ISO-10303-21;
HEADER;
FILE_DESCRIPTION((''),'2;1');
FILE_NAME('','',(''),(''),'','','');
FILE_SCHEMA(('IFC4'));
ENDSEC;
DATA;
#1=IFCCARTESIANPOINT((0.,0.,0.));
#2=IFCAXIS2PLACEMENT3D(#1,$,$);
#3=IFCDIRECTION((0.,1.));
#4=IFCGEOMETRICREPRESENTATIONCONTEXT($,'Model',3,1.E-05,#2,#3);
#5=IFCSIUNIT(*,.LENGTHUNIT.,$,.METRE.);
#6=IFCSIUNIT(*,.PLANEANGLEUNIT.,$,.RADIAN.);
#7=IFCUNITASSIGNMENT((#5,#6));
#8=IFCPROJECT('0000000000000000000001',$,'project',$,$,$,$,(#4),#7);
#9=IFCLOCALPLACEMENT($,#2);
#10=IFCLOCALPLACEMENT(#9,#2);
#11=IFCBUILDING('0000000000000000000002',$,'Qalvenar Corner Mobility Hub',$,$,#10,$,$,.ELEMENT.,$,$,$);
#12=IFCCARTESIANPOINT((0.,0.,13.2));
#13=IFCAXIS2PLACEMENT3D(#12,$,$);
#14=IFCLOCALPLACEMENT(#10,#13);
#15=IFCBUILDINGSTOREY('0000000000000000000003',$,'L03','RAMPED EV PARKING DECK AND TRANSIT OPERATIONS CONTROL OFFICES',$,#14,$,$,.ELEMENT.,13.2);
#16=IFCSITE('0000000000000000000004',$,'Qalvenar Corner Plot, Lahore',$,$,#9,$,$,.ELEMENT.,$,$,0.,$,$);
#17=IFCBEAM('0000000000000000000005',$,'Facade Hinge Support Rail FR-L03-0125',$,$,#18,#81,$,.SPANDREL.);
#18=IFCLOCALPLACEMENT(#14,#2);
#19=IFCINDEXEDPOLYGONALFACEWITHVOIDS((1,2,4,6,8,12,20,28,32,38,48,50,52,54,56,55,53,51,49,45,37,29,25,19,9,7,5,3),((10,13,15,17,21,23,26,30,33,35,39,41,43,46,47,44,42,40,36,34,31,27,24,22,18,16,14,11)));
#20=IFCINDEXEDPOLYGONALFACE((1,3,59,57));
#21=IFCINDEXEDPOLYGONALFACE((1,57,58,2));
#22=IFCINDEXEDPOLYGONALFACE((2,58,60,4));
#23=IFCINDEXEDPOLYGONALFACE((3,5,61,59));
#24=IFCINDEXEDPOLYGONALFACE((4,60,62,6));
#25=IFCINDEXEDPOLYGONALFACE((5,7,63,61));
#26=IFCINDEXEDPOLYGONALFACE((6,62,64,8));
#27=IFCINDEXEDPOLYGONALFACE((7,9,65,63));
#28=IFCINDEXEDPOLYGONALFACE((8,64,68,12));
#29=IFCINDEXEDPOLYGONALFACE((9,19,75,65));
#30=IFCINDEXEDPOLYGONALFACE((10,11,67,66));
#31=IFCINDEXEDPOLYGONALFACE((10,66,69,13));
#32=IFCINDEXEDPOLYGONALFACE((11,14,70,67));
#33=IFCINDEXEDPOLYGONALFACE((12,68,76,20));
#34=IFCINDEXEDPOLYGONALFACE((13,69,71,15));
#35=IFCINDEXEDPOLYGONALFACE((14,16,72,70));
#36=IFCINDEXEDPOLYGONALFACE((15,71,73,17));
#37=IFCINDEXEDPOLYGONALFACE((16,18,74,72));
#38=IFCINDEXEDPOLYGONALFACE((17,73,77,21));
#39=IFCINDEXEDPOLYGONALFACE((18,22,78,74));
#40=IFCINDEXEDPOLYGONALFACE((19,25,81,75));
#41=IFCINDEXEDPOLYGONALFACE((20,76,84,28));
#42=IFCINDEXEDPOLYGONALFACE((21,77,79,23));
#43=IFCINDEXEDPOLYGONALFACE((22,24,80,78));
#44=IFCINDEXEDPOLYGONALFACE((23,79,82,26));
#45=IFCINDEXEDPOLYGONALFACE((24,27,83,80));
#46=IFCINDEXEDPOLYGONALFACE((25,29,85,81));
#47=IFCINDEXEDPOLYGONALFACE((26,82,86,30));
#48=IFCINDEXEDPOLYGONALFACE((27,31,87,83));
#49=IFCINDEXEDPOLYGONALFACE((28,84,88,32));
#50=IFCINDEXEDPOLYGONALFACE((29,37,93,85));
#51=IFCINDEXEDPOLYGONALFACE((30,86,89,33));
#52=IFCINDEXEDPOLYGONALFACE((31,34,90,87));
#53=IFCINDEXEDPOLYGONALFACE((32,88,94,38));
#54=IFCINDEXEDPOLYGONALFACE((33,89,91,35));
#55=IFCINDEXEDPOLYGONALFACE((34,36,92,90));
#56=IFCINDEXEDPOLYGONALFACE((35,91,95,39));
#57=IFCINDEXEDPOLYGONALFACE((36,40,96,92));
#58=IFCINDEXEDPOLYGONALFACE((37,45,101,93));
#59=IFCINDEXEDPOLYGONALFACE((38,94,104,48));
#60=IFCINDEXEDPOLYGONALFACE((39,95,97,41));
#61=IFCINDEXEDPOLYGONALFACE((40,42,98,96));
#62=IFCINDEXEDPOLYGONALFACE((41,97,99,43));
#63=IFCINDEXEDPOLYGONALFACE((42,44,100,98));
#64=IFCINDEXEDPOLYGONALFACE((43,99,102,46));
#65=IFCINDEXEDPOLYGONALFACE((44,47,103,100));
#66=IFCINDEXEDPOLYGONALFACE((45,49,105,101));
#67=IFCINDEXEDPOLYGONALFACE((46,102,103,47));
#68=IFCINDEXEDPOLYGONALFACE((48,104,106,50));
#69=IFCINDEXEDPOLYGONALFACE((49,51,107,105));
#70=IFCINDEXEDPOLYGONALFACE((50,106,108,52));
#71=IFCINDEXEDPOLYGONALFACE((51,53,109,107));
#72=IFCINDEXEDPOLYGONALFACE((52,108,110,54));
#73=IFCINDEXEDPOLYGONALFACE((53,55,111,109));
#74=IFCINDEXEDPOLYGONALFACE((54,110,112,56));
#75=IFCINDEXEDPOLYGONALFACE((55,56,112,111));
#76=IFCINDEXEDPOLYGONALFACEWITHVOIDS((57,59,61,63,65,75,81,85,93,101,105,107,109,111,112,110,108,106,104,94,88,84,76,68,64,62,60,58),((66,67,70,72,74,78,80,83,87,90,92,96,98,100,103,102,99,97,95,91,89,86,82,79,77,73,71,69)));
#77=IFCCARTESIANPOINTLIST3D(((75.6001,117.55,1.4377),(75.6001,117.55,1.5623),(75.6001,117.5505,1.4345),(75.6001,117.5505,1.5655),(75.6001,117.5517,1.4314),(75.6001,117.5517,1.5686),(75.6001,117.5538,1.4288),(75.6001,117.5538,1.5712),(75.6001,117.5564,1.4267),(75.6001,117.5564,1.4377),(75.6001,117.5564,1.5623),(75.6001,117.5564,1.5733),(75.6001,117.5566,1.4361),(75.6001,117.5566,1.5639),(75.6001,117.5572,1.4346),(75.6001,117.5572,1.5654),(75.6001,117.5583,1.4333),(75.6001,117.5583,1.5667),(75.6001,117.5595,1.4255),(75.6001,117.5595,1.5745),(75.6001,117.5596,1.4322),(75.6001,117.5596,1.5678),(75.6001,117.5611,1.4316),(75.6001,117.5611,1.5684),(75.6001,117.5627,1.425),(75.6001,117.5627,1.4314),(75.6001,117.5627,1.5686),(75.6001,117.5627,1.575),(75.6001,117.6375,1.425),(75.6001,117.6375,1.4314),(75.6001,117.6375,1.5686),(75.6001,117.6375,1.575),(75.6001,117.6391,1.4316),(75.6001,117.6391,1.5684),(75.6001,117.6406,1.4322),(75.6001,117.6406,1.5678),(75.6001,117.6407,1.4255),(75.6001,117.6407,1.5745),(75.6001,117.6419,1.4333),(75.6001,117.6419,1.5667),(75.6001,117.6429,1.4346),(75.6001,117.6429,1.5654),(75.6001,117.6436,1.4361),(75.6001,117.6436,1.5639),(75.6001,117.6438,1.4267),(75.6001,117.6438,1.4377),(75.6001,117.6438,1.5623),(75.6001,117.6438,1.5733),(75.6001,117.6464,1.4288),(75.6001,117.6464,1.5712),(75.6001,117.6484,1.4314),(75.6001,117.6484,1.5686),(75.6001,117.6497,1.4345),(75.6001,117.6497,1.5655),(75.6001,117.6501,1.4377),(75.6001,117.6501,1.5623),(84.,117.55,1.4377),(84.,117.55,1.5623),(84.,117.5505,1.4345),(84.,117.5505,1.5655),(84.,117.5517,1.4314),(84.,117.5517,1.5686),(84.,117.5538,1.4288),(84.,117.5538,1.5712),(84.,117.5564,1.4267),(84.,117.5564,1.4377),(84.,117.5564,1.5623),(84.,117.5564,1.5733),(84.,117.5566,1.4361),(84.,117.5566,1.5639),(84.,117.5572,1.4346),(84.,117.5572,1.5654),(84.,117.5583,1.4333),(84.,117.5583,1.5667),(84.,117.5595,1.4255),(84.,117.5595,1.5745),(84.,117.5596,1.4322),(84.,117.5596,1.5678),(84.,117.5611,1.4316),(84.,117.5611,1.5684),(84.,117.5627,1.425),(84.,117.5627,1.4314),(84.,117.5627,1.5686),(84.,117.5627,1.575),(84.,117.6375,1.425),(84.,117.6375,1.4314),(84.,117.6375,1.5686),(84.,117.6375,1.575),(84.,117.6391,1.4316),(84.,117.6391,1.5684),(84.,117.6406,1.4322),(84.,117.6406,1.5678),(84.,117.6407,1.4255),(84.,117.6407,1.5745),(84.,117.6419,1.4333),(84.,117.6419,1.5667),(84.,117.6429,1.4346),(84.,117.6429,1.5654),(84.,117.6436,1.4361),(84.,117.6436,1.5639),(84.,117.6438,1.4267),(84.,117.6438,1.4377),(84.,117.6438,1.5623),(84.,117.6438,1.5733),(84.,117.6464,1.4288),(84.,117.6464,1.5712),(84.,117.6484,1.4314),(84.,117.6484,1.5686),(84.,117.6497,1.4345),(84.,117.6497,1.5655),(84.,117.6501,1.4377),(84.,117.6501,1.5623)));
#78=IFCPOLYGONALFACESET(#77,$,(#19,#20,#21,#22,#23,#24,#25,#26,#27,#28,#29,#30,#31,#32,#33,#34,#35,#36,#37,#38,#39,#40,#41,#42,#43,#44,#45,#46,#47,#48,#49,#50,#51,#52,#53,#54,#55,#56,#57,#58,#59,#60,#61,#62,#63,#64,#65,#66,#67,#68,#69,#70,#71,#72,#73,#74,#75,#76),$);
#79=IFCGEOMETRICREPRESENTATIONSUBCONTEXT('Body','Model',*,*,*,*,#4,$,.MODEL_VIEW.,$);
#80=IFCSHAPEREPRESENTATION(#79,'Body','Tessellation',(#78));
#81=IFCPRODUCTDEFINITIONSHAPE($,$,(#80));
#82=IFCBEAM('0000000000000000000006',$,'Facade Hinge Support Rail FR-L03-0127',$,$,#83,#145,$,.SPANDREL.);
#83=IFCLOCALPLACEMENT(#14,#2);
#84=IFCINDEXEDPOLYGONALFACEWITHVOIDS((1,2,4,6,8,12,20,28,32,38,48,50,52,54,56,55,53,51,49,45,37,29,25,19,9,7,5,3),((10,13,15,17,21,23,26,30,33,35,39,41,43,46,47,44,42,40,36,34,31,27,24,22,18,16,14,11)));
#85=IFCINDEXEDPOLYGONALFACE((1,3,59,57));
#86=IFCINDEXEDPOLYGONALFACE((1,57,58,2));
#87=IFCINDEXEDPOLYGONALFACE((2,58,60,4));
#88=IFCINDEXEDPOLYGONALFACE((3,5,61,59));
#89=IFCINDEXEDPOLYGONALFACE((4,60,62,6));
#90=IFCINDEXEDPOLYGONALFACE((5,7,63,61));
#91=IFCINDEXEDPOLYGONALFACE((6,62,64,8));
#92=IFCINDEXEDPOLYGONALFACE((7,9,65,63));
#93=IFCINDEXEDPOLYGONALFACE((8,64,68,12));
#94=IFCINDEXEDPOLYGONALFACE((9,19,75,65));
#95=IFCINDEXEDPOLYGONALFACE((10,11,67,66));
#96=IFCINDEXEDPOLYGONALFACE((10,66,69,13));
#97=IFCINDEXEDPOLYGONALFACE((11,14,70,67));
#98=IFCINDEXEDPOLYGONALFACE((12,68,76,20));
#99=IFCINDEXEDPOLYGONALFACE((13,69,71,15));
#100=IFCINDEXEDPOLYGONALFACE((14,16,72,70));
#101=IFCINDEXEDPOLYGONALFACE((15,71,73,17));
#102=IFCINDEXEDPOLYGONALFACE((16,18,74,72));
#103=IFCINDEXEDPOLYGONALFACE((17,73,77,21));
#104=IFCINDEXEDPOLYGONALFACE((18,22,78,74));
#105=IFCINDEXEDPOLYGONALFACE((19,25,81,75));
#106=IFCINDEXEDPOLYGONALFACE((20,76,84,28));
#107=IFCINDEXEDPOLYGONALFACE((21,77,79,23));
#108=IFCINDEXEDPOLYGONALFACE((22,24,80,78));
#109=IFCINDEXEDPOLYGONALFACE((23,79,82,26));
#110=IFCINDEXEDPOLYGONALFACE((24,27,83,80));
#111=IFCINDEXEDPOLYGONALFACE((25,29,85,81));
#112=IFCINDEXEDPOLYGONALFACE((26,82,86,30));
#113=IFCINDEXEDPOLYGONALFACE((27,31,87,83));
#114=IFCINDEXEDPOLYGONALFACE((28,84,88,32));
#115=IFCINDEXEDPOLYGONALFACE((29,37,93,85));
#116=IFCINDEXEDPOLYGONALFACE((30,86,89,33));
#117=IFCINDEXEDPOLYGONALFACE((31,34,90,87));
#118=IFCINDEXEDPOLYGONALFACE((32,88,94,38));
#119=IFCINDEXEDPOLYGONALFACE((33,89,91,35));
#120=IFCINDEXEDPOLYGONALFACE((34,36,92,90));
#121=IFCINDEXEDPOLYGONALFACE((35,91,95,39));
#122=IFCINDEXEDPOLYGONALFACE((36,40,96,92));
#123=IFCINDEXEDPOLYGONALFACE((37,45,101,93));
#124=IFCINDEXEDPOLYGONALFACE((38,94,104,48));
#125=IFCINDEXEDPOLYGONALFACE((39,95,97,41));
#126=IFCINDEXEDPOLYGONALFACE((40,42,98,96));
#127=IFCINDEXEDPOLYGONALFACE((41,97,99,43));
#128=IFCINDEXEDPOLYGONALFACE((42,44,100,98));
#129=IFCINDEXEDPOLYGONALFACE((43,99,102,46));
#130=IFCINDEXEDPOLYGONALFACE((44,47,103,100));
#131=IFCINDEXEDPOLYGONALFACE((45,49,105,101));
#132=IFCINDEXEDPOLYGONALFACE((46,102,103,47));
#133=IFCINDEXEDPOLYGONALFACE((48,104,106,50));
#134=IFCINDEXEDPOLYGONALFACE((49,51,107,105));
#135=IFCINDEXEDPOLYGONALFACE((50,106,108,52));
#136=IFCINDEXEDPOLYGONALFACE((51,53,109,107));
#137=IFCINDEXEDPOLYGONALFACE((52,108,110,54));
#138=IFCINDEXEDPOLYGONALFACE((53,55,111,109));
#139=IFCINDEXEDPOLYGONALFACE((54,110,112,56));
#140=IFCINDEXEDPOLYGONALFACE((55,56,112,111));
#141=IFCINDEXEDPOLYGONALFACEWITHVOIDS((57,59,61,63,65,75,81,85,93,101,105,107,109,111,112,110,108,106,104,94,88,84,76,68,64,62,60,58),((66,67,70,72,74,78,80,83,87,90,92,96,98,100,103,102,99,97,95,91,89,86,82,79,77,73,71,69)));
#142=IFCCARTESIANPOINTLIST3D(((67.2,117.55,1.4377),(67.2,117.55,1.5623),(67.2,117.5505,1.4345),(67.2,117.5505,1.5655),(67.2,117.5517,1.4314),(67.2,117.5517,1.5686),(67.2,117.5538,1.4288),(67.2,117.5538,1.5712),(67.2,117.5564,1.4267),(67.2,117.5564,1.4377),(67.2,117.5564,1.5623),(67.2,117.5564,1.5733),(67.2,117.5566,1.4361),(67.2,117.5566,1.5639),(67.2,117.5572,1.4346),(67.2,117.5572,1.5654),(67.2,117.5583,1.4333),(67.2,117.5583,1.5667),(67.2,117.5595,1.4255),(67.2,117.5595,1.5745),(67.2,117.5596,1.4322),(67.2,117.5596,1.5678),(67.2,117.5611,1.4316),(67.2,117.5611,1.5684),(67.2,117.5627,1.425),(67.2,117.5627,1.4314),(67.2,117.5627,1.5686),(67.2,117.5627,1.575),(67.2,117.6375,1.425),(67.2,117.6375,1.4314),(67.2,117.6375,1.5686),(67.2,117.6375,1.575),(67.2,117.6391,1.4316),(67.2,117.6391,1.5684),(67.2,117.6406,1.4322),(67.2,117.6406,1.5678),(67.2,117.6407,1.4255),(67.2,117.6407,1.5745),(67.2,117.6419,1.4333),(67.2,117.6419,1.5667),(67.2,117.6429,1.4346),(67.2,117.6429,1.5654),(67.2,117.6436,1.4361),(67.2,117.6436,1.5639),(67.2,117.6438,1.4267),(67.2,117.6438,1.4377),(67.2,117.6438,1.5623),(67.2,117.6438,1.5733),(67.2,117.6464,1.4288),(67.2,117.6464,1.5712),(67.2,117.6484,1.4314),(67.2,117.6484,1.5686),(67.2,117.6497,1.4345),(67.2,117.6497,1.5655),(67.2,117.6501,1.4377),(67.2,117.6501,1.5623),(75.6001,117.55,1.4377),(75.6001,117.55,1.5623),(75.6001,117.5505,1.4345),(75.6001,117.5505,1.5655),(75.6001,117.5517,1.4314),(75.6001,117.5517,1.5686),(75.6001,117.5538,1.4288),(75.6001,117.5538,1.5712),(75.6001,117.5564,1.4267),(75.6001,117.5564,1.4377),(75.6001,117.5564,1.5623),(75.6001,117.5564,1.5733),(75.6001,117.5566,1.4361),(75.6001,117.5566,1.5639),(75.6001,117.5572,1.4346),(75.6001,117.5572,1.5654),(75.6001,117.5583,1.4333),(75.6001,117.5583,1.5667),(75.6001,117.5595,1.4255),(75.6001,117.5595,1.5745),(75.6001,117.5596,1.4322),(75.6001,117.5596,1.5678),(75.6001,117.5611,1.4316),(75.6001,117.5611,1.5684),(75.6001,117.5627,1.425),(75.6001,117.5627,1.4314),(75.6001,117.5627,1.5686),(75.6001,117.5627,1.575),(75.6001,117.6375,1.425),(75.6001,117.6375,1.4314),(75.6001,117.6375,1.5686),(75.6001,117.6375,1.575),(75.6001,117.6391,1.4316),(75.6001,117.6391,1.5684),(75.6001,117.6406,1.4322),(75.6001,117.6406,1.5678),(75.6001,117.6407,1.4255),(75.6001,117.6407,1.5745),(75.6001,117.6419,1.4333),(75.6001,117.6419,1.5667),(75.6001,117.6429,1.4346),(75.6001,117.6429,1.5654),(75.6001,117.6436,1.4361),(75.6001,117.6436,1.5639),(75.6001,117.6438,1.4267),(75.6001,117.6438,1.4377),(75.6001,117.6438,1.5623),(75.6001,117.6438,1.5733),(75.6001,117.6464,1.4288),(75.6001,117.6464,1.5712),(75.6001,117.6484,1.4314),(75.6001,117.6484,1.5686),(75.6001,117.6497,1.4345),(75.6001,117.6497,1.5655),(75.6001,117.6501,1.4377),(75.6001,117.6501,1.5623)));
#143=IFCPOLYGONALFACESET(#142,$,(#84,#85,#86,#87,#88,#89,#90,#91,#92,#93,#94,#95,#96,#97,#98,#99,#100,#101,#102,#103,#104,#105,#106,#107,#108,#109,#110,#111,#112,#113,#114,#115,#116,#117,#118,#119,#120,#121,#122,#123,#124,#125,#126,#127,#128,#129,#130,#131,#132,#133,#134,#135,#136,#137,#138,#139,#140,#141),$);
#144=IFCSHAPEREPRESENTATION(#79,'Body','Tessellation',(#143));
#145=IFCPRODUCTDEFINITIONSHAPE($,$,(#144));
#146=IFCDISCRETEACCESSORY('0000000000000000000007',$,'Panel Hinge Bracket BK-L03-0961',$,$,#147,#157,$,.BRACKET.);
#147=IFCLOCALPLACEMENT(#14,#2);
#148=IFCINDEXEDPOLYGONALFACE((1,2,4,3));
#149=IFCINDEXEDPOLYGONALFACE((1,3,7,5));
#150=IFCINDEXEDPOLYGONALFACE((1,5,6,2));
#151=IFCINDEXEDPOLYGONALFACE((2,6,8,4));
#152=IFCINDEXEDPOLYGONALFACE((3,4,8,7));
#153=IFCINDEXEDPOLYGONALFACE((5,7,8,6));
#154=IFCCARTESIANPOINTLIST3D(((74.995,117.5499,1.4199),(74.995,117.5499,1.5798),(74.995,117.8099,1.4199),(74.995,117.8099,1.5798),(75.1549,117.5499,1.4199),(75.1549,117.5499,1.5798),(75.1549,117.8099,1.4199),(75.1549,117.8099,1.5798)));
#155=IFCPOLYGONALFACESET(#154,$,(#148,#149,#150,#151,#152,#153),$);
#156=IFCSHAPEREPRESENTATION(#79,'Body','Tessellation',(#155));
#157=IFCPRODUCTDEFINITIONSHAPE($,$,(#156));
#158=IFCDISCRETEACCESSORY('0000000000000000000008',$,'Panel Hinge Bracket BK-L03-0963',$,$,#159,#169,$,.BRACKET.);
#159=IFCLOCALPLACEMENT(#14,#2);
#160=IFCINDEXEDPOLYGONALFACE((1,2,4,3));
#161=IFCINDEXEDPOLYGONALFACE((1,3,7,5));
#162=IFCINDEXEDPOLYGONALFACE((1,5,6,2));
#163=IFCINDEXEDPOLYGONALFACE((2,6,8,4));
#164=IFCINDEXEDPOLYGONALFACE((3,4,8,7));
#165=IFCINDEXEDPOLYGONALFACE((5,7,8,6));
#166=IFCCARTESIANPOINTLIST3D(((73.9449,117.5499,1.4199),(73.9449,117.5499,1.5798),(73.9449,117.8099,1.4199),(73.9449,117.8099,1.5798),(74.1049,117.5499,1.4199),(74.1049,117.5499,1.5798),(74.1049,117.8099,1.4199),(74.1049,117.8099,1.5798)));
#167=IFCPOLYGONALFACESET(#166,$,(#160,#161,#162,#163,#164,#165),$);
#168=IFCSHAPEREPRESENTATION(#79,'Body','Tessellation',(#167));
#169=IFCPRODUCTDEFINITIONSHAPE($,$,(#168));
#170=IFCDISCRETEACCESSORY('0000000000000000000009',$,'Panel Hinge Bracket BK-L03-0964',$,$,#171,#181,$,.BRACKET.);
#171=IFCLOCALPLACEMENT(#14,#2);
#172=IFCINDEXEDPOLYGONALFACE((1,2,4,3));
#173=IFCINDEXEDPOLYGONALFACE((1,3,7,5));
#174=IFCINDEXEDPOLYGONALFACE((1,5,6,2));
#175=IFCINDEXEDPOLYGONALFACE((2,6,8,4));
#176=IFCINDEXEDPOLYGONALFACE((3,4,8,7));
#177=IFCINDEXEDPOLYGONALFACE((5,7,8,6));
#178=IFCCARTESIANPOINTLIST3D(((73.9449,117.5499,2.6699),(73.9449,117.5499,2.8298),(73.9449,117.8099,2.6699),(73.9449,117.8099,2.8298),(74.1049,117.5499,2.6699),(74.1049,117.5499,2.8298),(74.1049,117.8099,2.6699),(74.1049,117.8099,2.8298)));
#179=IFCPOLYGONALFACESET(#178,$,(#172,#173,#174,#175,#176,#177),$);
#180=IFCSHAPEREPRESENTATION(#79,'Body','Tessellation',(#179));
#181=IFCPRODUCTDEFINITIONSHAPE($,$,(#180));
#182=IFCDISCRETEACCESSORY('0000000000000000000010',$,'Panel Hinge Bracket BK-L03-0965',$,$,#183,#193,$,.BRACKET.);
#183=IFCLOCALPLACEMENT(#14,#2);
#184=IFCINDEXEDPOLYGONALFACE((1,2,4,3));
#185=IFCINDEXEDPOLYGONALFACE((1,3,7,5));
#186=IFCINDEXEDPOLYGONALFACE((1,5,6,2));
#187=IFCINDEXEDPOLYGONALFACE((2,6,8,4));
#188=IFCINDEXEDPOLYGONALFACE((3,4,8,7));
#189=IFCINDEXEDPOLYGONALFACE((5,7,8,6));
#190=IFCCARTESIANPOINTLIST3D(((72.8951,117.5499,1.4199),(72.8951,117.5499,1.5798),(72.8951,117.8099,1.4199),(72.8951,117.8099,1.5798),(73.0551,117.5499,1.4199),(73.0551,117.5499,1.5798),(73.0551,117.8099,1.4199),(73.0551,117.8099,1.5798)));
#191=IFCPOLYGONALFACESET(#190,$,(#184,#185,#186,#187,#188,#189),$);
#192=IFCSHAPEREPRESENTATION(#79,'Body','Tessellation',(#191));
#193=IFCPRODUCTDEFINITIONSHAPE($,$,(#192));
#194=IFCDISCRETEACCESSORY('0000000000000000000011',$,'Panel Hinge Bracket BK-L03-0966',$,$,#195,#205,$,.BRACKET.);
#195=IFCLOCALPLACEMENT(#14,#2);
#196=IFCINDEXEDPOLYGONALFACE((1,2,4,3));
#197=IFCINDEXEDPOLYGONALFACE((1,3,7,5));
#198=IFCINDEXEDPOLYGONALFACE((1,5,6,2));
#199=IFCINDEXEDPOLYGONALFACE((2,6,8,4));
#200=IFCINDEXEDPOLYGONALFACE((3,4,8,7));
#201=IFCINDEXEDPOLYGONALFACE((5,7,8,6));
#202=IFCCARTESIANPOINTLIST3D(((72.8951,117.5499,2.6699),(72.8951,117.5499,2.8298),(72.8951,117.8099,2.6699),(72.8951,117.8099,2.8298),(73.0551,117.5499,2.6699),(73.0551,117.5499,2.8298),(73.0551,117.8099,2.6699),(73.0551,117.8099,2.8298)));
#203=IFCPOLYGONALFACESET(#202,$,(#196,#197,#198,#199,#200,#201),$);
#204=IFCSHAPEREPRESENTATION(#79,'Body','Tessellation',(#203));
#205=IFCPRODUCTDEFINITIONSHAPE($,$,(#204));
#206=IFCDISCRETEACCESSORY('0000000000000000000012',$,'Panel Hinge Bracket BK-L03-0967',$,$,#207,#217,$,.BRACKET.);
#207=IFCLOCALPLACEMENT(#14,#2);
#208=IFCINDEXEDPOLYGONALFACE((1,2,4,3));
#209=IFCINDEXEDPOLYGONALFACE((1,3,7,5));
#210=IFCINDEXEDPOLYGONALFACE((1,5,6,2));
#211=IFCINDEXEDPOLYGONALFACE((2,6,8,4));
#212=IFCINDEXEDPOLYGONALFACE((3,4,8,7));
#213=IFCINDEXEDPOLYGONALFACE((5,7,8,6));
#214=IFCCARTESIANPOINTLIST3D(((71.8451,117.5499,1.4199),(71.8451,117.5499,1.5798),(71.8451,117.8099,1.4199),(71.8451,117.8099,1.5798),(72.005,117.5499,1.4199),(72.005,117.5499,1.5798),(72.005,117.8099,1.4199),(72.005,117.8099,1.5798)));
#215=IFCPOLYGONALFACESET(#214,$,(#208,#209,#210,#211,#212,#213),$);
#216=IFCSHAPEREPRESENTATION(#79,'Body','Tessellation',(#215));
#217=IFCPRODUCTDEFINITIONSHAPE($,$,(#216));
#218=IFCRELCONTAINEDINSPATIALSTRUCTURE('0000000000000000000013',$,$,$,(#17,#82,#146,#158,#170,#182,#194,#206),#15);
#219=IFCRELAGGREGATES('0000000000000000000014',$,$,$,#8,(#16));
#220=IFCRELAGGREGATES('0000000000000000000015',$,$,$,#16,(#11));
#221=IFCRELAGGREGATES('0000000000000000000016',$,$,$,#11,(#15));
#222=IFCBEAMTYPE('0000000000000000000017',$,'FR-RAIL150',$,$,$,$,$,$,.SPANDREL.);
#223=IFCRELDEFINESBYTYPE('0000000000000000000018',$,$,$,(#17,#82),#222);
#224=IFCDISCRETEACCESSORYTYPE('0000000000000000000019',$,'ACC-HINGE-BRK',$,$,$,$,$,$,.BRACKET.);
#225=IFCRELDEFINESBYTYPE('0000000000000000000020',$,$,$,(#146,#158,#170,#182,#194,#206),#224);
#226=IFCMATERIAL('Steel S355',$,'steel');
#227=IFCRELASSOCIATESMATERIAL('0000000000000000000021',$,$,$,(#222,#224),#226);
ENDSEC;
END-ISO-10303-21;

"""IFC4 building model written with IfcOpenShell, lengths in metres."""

from ifc_helpers import new_model, si_unit, direction, frame, origin, origin_2d, place, context, subcontext, project, spatial, rectangle, hollow_rectangle, extrude, material, material_profile, profile_set, type_object, element, save


model = new_model("IFC4")

# Units and contexts
model_context = context("Model", 3, precision=1e-05, world=origin(), true_north=direction((0.0, 1.0)))
body_context = subcontext(model_context, "Body", "Model", "MODEL_VIEW")
ifc_project = project(units=[si_unit("LENGTHUNIT", "METRE"), si_unit("PLANEANGLEUNIT", "RADIAN")], contexts=[model_context])

# Site, building, storey
site_placement = place(None, origin())
site = spatial("IfcSite", under=ifc_project, at=site_placement, Name="Qalvenar Corner Plot, Lahore", CompositionType="ELEMENT", RefElevation=0.0)
building_placement = place(site_placement, origin())
building = spatial("IfcBuilding", under=site, at=building_placement, Name="Qalvenar Corner Mobility Hub", CompositionType="ELEMENT")
storey_placement = place(building_placement, frame((0.0, 0.0, 13.2)))
storey = spatial("IfcBuildingStorey", under=building, at=storey_placement, Name="L03", Description="RAMPED EV PARKING DECK AND TRANSIT OPERATIONS CONTROL OFFICES", CompositionType="ELEMENT", Elevation=13.2)

# Shared definitions
ifc_material = material(Name="Steel S355", Category="steel")

# Beams
ifc_material_profile_1 = material_profile(ifc_material, hollow_rectangle(XDim=0.1001, YDim=0.1499, WallThickness=0.0063, InnerFilletRadius=0.0063, OuterFilletRadius=0.0127, at=origin_2d()), Name="RHS150x100x6.3")
ifc_profile_set_1 = profile_set([ifc_material_profile_1], Name="Steel S355")
beam_type_1 = type_object("IfcBeamType", Name="FR-RAIL150", PredefinedType="SPANDREL", material=ifc_profile_set_1)
beam_1_placement = place(storey_placement, frame((84.0, 117.6001, 1.5), z_axis=(-1.0, 0.0, 0.0), x_axis=(0.0, -1.0, 0.0)))
element("IfcBeam", 1, at=beam_1_placement, inside=storey, type_object=beam_type_1, Name="Facade Hinge Support Rail FR-L03-0125", PredefinedType="SPANDREL", context=body_context, shape_type="SweptSolid", body=[
    extrude(hollow_rectangle(XDim=0.1001, YDim=0.1499, WallThickness=0.0063, InnerFilletRadius=0.0063, OuterFilletRadius=0.0127, at=origin_2d()), origin(), (0.0, 0.0, 1.0), 8.3999),
])
beam_2_placement = place(storey_placement, frame((75.6001, 117.6001, 1.5), z_axis=(-1.0, 0.0, 0.0), x_axis=(0.0, -1.0, 0.0)))
element("IfcBeam", 2, at=beam_2_placement, inside=storey, type_object=beam_type_1, Name="Facade Hinge Support Rail FR-L03-0127", PredefinedType="SPANDREL", context=body_context, shape_type="SweptSolid", body=[
    extrude(hollow_rectangle(XDim=0.1001, YDim=0.1499, WallThickness=0.0063, InnerFilletRadius=0.0063, OuterFilletRadius=0.0127, at=origin_2d()), origin(), (0.0, 0.0, 1.0), 8.4001),
])

# Discrete accessories
discrete_accessory_type = type_object("IfcDiscreteAccessoryType", Name="ACC-HINGE-BRK", PredefinedType="BRACKET", material=ifc_material)
for number, where, z_axis, x_axis, name in (
    (3, (75.075, 117.6799, 1.4199), (0.0, 0.0, 1.0), (-1.0, 0.0, 0.0), "Panel Hinge Bracket BK-L03-0961"),
    (4, (74.0249, 117.6799, 1.4199), (0.0, 0.0, 1.0), (-1.0, 0.0, 0.0), "Panel Hinge Bracket BK-L03-0963"),
    (5, (74.0249, 117.6799, 2.6699), (0.0, 0.0, 1.0), (-1.0, 0.0, 0.0), "Panel Hinge Bracket BK-L03-0964"),
    (6, (72.9751, 117.6799, 1.4199), (0.0, 0.0, 1.0), (-1.0, 0.0, 0.0), "Panel Hinge Bracket BK-L03-0965"),
    (7, (72.9751, 117.6799, 2.6699), (0.0, 0.0, 1.0), (-1.0, 0.0, 0.0), "Panel Hinge Bracket BK-L03-0966"),
    (8, (71.925, 117.6799, 1.4199), (0.0, 0.0, 1.0), (-1.0, 0.0, 0.0), "Panel Hinge Bracket BK-L03-0967"),
):
    element("IfcDiscreteAccessory", number, at=place(storey_placement, frame(where, z_axis=z_axis, x_axis=x_axis)), inside=storey, type_object=discrete_accessory_type, Name=name, PredefinedType="BRACKET", context=body_context, shape_type="SweptSolid", body=[
        extrude(rectangle(XDim=0.1599, YDim=0.26, at=origin_2d()), origin(), (0.0, 0.0, 1.0), 0.1599),
    ])

save(model, "model.ifc")
